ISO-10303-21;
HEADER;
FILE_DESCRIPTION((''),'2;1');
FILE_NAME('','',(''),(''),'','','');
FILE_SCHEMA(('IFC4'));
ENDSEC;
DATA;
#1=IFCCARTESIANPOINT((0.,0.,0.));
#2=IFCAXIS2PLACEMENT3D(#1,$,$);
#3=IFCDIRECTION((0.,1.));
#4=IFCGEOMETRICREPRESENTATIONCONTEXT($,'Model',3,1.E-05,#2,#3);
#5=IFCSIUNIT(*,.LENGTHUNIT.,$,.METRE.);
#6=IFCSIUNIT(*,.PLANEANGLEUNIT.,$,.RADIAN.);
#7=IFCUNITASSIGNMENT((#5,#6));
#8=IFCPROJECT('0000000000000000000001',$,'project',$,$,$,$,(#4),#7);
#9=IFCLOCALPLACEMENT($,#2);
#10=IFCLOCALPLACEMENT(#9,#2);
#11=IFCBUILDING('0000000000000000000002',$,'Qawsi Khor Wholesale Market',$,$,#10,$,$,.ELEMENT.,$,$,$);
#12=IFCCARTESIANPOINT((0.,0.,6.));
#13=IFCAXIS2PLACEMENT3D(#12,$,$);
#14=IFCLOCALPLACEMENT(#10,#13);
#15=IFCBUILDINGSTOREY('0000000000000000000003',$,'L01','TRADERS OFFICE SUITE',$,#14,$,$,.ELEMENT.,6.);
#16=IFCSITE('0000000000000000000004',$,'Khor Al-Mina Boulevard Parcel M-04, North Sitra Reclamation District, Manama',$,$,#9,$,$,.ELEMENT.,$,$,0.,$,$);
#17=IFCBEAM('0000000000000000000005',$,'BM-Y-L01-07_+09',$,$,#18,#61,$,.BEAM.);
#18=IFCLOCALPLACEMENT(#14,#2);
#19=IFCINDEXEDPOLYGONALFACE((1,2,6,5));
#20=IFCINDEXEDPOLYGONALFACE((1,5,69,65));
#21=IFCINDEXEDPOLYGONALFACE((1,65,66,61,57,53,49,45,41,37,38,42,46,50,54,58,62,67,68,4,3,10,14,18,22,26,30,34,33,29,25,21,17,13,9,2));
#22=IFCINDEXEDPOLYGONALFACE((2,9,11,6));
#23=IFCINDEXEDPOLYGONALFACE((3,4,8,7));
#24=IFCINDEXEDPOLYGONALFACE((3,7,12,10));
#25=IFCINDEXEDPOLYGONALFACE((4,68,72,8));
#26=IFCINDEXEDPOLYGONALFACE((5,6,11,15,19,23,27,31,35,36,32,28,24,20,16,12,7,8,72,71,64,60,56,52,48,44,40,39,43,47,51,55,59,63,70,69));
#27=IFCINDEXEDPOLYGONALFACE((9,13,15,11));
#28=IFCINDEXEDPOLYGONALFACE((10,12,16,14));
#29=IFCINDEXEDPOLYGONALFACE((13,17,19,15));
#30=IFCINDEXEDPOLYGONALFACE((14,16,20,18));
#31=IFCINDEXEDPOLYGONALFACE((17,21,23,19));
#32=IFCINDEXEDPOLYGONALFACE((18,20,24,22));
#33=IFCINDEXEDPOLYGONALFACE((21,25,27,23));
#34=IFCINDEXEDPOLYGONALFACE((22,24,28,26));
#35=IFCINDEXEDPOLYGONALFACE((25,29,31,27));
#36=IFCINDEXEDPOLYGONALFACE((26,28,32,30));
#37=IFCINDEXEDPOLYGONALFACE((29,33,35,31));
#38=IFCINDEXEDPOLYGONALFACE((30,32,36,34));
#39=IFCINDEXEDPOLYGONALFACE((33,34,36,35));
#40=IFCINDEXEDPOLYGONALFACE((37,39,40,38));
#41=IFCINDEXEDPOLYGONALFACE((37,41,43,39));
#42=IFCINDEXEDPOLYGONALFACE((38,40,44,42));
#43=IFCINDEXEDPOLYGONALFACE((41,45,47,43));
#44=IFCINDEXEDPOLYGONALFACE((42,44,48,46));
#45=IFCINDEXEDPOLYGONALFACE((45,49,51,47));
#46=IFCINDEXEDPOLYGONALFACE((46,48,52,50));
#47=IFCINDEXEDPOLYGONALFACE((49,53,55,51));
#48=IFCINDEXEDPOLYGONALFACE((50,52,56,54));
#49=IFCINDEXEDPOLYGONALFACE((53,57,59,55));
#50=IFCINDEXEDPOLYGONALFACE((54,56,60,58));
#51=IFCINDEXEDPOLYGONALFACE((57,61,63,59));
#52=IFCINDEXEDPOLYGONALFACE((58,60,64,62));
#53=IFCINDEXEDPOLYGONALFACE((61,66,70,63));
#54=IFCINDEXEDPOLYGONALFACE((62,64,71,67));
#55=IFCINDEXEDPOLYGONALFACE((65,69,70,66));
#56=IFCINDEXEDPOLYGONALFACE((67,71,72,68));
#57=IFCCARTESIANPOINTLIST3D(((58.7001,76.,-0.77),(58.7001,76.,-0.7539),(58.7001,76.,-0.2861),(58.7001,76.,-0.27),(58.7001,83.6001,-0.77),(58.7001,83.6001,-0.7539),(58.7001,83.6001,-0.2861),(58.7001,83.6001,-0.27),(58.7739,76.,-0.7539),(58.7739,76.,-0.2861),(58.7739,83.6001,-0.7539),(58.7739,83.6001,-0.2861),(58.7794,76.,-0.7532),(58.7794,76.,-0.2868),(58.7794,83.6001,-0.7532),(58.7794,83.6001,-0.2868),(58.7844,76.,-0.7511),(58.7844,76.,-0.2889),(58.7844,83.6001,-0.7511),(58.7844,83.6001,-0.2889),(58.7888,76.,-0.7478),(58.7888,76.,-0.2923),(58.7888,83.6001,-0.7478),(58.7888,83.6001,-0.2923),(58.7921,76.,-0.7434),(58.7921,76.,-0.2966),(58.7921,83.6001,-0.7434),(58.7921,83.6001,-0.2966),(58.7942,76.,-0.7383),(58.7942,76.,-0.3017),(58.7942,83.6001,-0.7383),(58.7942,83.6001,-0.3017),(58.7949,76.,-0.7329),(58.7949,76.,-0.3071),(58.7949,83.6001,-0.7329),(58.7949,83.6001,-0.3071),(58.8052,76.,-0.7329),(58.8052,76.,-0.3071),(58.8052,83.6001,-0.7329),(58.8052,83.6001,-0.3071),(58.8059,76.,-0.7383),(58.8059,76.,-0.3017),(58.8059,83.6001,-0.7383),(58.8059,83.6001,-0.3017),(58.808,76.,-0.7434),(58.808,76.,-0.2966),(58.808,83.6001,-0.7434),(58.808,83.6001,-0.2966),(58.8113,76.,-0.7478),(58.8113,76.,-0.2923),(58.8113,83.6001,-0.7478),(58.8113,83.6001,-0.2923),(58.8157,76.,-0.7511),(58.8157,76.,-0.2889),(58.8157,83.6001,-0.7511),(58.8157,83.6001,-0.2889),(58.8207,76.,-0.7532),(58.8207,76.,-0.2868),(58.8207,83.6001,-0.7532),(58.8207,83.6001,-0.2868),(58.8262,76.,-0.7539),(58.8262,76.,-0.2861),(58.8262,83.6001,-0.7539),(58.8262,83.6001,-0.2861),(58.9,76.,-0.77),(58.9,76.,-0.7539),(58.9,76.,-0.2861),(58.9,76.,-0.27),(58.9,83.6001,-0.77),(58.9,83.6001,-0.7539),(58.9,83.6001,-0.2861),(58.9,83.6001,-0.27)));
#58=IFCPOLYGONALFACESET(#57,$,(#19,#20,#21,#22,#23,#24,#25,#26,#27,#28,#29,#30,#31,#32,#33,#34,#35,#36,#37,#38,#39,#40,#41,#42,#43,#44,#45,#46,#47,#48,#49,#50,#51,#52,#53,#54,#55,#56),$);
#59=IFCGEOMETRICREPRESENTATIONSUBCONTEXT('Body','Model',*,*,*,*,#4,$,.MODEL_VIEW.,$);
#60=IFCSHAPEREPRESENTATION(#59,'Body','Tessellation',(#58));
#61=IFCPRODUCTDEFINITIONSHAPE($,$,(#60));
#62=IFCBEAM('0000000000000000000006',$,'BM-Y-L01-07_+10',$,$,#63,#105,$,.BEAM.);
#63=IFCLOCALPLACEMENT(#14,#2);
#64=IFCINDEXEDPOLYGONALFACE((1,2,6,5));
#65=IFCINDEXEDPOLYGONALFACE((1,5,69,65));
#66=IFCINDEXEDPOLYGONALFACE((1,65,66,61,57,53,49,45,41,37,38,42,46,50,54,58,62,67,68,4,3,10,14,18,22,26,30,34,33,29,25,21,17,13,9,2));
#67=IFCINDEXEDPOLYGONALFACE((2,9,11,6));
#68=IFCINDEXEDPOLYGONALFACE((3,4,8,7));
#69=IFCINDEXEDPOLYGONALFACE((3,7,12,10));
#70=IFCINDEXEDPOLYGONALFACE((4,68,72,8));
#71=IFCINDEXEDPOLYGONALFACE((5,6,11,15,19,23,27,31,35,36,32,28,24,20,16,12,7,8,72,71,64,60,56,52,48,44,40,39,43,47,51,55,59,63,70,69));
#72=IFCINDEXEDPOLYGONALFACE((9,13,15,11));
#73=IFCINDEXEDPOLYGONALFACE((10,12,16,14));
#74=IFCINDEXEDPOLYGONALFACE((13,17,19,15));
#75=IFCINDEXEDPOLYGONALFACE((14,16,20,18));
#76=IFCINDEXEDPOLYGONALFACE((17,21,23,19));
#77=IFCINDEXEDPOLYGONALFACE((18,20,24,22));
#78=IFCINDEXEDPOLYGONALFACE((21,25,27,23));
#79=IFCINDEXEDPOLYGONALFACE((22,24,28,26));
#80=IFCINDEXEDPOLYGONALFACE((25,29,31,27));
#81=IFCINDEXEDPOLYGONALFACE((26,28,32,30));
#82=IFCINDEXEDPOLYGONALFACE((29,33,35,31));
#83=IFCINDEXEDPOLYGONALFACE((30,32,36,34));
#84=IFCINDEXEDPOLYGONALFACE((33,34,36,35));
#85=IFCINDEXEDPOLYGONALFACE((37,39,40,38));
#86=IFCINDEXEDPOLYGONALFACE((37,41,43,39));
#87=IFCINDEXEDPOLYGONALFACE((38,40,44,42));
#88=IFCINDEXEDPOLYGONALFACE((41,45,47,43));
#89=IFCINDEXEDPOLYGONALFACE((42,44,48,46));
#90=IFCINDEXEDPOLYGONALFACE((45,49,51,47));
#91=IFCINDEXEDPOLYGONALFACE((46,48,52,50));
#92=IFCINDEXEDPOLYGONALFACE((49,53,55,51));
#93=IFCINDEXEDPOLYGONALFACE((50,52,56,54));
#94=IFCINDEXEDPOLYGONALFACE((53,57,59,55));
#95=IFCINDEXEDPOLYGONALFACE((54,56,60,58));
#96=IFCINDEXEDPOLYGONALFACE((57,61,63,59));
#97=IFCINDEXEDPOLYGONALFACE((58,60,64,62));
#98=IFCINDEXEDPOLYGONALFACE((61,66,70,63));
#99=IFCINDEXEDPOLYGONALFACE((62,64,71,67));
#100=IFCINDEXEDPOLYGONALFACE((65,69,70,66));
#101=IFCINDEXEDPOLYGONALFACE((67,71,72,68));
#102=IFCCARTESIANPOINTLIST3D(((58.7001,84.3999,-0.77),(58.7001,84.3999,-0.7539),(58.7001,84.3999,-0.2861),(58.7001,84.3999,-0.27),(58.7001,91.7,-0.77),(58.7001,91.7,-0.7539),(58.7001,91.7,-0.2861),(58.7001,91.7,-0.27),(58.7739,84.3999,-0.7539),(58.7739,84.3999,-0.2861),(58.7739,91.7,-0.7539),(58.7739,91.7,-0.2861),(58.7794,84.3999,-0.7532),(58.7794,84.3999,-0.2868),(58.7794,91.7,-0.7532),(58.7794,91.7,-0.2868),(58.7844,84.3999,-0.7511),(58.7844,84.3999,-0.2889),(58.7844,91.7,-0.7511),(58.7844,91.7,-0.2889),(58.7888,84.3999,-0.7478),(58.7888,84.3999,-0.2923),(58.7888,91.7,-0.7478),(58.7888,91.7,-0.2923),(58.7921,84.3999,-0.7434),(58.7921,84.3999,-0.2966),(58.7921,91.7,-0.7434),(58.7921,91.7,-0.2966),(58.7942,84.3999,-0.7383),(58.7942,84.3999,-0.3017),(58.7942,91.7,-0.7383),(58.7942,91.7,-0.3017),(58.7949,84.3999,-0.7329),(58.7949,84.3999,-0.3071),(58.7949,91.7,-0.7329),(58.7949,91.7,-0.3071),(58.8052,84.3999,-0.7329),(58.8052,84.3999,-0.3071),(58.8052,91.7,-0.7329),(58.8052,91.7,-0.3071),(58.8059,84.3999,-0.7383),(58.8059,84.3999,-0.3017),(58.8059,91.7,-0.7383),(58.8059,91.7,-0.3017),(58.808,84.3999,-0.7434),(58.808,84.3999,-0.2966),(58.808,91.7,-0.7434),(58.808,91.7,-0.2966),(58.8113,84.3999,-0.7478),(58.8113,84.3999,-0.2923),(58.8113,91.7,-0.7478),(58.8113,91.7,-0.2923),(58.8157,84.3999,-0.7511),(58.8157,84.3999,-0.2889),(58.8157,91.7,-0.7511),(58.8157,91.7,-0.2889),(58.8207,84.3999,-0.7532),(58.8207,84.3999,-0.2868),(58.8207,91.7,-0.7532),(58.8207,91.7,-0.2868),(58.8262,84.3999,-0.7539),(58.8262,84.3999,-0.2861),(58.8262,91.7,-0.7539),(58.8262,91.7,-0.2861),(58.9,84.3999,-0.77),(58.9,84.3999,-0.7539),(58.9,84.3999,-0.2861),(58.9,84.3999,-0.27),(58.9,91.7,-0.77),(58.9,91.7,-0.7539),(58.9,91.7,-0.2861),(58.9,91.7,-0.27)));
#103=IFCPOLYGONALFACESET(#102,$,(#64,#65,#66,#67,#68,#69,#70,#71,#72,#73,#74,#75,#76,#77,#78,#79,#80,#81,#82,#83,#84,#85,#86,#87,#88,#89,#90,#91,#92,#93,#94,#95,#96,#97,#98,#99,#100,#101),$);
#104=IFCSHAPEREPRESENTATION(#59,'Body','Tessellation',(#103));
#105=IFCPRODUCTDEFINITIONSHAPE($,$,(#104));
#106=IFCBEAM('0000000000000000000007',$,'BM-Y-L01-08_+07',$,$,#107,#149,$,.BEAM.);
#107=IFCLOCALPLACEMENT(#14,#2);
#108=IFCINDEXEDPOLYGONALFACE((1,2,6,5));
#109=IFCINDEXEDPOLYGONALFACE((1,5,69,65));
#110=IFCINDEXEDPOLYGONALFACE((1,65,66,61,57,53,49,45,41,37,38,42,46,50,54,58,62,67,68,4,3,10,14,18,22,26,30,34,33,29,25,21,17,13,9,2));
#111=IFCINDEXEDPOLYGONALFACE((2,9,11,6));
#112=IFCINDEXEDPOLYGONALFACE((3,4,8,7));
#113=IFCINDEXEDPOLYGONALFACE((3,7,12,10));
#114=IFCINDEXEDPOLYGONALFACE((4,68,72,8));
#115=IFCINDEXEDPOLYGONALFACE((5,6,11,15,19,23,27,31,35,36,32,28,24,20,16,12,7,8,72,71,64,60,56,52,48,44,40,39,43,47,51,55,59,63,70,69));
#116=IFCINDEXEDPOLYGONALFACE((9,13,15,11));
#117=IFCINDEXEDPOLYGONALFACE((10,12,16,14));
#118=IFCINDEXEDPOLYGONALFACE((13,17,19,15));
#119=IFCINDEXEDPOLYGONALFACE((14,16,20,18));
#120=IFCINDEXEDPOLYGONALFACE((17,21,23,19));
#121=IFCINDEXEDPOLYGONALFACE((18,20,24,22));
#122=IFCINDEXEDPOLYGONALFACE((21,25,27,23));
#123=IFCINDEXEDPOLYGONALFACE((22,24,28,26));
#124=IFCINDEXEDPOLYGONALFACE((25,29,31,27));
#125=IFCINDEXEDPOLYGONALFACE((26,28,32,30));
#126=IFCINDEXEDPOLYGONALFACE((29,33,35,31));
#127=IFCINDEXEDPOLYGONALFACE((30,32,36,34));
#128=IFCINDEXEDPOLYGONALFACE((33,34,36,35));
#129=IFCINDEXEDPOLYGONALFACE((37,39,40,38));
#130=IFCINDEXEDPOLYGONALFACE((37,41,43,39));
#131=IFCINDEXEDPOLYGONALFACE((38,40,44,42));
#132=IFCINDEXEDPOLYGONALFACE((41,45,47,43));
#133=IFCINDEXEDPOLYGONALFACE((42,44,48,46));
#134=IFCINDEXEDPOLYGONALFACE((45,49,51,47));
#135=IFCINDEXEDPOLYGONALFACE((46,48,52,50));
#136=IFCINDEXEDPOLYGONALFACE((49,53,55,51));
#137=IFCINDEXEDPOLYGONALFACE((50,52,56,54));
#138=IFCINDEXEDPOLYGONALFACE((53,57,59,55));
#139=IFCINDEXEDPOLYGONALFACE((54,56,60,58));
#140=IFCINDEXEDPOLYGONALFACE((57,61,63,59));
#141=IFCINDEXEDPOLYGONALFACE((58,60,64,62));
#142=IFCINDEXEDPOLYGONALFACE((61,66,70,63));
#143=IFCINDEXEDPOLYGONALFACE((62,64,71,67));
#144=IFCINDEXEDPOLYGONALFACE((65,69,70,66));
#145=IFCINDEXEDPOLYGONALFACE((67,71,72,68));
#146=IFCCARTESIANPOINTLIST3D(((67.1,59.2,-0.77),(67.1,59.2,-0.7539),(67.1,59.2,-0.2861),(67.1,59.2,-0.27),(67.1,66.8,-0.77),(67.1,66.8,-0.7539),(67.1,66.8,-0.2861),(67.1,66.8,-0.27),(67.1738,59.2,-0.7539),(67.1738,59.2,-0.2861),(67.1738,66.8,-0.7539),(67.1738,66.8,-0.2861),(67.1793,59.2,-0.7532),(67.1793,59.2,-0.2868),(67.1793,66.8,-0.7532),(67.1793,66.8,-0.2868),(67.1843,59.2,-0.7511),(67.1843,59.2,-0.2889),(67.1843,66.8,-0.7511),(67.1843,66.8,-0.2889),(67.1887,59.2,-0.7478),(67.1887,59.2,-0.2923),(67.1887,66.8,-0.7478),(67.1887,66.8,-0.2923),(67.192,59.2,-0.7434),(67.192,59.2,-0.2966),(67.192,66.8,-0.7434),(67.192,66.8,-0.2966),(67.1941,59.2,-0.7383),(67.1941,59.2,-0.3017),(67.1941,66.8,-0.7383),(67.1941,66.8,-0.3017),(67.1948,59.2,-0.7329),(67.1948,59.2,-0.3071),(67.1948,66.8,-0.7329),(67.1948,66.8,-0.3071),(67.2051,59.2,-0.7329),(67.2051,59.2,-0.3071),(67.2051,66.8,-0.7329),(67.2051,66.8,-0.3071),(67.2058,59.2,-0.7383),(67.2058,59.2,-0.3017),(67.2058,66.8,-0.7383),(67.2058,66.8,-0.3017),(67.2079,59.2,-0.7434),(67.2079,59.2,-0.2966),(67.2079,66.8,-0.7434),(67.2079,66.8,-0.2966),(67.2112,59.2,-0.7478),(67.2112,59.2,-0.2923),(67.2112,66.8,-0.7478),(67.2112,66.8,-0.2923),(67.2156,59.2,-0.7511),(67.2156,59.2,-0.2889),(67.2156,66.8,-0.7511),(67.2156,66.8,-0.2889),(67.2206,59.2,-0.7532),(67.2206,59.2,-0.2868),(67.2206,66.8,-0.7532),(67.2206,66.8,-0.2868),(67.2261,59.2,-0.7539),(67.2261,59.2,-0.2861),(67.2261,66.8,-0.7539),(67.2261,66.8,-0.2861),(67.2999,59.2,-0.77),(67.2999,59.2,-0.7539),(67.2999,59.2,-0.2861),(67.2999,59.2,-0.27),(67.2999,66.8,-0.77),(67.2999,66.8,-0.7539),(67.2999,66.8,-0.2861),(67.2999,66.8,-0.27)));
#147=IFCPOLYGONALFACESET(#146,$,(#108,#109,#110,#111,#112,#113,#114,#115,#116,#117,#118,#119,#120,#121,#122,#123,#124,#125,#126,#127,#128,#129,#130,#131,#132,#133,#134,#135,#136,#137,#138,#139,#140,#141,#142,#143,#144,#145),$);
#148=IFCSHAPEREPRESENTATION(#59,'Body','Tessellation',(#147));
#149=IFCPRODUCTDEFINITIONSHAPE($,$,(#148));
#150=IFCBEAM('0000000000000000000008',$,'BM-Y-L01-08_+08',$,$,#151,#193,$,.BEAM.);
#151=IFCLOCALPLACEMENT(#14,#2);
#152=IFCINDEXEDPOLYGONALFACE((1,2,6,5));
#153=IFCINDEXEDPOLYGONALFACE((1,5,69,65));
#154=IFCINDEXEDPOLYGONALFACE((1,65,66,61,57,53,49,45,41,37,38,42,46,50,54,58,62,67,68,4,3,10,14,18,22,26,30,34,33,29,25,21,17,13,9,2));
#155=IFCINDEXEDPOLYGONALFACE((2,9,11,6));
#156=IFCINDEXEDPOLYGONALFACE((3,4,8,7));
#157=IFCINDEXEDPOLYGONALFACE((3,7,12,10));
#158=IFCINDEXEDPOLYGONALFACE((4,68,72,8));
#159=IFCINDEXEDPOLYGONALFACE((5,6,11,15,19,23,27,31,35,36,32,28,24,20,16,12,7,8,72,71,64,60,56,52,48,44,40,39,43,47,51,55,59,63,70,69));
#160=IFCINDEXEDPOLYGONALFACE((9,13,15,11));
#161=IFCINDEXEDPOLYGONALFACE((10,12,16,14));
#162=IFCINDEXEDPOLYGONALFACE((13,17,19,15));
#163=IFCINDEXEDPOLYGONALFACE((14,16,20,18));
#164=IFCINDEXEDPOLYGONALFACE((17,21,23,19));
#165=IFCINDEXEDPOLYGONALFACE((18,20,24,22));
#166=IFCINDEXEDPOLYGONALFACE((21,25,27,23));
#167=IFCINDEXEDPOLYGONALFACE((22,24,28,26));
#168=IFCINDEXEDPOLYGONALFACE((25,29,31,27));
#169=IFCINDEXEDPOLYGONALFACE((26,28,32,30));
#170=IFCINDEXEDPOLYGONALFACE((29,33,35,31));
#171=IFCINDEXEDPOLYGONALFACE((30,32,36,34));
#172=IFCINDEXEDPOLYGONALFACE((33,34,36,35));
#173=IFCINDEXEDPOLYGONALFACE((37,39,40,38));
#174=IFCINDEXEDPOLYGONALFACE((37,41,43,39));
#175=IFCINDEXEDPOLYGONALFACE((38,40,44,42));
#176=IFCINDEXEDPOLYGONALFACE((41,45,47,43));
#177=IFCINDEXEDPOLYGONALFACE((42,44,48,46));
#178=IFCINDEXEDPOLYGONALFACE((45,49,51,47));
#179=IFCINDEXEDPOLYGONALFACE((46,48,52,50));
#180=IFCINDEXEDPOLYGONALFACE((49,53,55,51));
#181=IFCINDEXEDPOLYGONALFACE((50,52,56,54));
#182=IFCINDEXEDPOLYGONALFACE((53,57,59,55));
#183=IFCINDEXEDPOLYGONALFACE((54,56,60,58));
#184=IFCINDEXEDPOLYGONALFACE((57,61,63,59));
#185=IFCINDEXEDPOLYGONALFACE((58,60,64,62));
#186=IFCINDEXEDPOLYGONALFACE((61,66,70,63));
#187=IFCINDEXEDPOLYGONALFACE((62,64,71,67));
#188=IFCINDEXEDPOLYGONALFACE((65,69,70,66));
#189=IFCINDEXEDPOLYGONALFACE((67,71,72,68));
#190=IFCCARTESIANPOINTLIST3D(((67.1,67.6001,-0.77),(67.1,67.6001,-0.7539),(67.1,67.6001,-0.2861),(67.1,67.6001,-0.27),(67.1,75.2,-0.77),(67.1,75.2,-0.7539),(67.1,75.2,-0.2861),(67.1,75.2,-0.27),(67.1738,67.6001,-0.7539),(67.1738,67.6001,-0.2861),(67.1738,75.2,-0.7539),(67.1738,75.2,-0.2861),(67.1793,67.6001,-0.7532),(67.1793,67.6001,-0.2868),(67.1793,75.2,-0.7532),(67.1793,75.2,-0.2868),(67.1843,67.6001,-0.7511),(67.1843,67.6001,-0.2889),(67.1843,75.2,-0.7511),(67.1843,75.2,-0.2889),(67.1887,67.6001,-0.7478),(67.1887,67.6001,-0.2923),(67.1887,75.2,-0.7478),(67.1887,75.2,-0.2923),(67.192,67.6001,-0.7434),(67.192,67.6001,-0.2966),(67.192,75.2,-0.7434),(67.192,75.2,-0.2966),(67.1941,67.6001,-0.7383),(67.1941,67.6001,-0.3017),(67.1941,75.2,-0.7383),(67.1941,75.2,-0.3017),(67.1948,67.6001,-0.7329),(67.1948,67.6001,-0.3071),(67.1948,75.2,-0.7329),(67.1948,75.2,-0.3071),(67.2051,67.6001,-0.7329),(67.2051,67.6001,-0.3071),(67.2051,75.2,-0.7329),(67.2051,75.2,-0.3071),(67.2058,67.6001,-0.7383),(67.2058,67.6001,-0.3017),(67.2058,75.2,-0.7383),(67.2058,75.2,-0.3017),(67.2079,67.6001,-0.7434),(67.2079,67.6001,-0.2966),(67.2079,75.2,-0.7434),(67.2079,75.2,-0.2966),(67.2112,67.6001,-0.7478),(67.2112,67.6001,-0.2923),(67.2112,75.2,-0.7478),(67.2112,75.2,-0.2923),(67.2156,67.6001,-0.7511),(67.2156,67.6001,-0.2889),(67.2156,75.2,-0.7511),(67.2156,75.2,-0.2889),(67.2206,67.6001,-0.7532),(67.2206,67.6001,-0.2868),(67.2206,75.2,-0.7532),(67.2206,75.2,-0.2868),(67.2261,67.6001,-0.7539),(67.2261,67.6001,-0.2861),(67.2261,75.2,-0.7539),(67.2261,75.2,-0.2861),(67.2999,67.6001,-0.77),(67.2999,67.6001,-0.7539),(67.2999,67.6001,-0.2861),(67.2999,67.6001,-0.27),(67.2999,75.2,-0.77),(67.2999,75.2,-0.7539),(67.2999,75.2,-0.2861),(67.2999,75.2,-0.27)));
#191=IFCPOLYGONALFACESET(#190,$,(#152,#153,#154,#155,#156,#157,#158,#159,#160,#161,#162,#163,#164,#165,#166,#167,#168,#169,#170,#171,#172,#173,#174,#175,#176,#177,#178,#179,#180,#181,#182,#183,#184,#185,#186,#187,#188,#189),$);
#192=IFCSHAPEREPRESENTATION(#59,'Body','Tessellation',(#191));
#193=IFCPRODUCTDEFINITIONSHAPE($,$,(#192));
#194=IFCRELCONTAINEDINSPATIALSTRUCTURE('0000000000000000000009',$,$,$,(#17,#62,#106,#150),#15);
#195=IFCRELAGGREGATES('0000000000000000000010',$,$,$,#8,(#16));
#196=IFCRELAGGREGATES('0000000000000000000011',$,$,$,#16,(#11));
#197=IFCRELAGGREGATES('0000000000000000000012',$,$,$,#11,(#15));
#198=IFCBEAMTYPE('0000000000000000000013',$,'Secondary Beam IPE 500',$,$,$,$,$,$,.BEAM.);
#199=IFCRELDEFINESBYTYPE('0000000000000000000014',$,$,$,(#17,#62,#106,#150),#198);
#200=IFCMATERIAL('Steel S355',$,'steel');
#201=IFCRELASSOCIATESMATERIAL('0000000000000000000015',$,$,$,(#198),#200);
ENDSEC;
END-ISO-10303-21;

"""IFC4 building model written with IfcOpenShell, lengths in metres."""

from ifc_helpers import new_model, si_unit, direction, frame, origin, origin_2d, place, context, subcontext, project, spatial, i_section, extrude, material, material_profile, profile_set, type_object, element, save


model = new_model("IFC4")

# Units and contexts
model_context = context("Model", 3, precision=1e-05, world=origin(), true_north=direction((0.0, 1.0)))
body_context = subcontext(model_context, "Body", "Model", "MODEL_VIEW")
ifc_project = project(units=[si_unit("LENGTHUNIT", "METRE"), si_unit("PLANEANGLEUNIT", "RADIAN")], contexts=[model_context])

# Site, building, storey
site_placement = place(None, origin())
site = spatial("IfcSite", under=ifc_project, at=site_placement, Name="Khor Al-Mina Boulevard Parcel M-04, North Sitra Reclamation District, Manama", CompositionType="ELEMENT", RefElevation=0.0)
building_placement = place(site_placement, origin())
building = spatial("IfcBuilding", under=site, at=building_placement, Name="Qawsi Khor Wholesale Market", CompositionType="ELEMENT")
storey_placement = place(building_placement, frame((0.0, 0.0, 6.0)))
storey = spatial("IfcBuildingStorey", under=building, at=storey_placement, Name="L01", Description="TRADERS OFFICE SUITE", CompositionType="ELEMENT", Elevation=6.0)

# Beams
ifc_material_1 = material(Name="Steel S355", Category="steel")
ifc_material_profile_1 = material_profile(ifc_material_1, i_section(OverallWidth=0.2, OverallDepth=0.5, WebThickness=0.0103, FlangeThickness=0.0161, FilletRadius=0.021, at=origin_2d()), Name="IPE 500")
ifc_profile_set_1 = profile_set([ifc_material_profile_1], Name="Steel S355")
beam_type_1 = type_object("IfcBeamType", Name="Secondary Beam IPE 500", PredefinedType="BEAM", material=ifc_profile_set_1)
beam_1_placement = place(storey_placement, frame((58.8, 76.0, -0.52), z_axis=(0.0, 1.0, 0.0), x_axis=(-1.0, 0.0, 0.0)))
element("IfcBeam", 1, at=beam_1_placement, inside=storey, type_object=beam_type_1, Name="BM-Y-L01-07_+09", PredefinedType="BEAM", context=body_context, shape_type="SweptSolid", body=[
    extrude(i_section(OverallWidth=0.2, OverallDepth=0.5, WebThickness=0.0103, FlangeThickness=0.0161, FilletRadius=0.021, at=origin_2d()), origin(), (0.0, 0.0, 1.0), 7.6001),
])
beam_2_placement = place(storey_placement, frame((58.8, 84.3999, -0.52), z_axis=(0.0, 1.0, 0.0), x_axis=(-1.0, 0.0, 0.0)))
element("IfcBeam", 2, at=beam_2_placement, inside=storey, type_object=beam_type_1, Name="BM-Y-L01-07_+10", PredefinedType="BEAM", context=body_context, shape_type="SweptSolid", body=[
    extrude(i_section(OverallWidth=0.2, OverallDepth=0.5, WebThickness=0.0103, FlangeThickness=0.0161, FilletRadius=0.021, at=origin_2d()), origin(), (0.0, 0.0, 1.0), 7.3),
])
beam_3_placement = place(storey_placement, frame((67.2, 59.2, -0.52), z_axis=(0.0, 1.0, 0.0), x_axis=(-1.0, 0.0, 0.0)))
element("IfcBeam", 3, at=beam_3_placement, inside=storey, type_object=beam_type_1, Name="BM-Y-L01-08_+07", PredefinedType="BEAM", context=body_context, shape_type="SweptSolid", body=[
    extrude(i_section(OverallWidth=0.2, OverallDepth=0.5, WebThickness=0.0103, FlangeThickness=0.0161, FilletRadius=0.021, at=origin_2d()), origin(), (0.0, 0.0, 1.0), 7.6001),
])
beam_4_placement = place(storey_placement, frame((67.2, 67.6001, -0.52), z_axis=(0.0, 1.0, 0.0), x_axis=(-1.0, 0.0, 0.0)))
element("IfcBeam", 4, at=beam_4_placement, inside=storey, type_object=beam_type_1, Name="BM-Y-L01-08_+08", PredefinedType="BEAM", context=body_context, shape_type="SweptSolid", body=[
    extrude(i_section(OverallWidth=0.2, OverallDepth=0.5, WebThickness=0.0103, FlangeThickness=0.0161, FilletRadius=0.021, at=origin_2d()), origin(), (0.0, 0.0, 1.0), 7.5999),
])

save(model, "model.ifc")
